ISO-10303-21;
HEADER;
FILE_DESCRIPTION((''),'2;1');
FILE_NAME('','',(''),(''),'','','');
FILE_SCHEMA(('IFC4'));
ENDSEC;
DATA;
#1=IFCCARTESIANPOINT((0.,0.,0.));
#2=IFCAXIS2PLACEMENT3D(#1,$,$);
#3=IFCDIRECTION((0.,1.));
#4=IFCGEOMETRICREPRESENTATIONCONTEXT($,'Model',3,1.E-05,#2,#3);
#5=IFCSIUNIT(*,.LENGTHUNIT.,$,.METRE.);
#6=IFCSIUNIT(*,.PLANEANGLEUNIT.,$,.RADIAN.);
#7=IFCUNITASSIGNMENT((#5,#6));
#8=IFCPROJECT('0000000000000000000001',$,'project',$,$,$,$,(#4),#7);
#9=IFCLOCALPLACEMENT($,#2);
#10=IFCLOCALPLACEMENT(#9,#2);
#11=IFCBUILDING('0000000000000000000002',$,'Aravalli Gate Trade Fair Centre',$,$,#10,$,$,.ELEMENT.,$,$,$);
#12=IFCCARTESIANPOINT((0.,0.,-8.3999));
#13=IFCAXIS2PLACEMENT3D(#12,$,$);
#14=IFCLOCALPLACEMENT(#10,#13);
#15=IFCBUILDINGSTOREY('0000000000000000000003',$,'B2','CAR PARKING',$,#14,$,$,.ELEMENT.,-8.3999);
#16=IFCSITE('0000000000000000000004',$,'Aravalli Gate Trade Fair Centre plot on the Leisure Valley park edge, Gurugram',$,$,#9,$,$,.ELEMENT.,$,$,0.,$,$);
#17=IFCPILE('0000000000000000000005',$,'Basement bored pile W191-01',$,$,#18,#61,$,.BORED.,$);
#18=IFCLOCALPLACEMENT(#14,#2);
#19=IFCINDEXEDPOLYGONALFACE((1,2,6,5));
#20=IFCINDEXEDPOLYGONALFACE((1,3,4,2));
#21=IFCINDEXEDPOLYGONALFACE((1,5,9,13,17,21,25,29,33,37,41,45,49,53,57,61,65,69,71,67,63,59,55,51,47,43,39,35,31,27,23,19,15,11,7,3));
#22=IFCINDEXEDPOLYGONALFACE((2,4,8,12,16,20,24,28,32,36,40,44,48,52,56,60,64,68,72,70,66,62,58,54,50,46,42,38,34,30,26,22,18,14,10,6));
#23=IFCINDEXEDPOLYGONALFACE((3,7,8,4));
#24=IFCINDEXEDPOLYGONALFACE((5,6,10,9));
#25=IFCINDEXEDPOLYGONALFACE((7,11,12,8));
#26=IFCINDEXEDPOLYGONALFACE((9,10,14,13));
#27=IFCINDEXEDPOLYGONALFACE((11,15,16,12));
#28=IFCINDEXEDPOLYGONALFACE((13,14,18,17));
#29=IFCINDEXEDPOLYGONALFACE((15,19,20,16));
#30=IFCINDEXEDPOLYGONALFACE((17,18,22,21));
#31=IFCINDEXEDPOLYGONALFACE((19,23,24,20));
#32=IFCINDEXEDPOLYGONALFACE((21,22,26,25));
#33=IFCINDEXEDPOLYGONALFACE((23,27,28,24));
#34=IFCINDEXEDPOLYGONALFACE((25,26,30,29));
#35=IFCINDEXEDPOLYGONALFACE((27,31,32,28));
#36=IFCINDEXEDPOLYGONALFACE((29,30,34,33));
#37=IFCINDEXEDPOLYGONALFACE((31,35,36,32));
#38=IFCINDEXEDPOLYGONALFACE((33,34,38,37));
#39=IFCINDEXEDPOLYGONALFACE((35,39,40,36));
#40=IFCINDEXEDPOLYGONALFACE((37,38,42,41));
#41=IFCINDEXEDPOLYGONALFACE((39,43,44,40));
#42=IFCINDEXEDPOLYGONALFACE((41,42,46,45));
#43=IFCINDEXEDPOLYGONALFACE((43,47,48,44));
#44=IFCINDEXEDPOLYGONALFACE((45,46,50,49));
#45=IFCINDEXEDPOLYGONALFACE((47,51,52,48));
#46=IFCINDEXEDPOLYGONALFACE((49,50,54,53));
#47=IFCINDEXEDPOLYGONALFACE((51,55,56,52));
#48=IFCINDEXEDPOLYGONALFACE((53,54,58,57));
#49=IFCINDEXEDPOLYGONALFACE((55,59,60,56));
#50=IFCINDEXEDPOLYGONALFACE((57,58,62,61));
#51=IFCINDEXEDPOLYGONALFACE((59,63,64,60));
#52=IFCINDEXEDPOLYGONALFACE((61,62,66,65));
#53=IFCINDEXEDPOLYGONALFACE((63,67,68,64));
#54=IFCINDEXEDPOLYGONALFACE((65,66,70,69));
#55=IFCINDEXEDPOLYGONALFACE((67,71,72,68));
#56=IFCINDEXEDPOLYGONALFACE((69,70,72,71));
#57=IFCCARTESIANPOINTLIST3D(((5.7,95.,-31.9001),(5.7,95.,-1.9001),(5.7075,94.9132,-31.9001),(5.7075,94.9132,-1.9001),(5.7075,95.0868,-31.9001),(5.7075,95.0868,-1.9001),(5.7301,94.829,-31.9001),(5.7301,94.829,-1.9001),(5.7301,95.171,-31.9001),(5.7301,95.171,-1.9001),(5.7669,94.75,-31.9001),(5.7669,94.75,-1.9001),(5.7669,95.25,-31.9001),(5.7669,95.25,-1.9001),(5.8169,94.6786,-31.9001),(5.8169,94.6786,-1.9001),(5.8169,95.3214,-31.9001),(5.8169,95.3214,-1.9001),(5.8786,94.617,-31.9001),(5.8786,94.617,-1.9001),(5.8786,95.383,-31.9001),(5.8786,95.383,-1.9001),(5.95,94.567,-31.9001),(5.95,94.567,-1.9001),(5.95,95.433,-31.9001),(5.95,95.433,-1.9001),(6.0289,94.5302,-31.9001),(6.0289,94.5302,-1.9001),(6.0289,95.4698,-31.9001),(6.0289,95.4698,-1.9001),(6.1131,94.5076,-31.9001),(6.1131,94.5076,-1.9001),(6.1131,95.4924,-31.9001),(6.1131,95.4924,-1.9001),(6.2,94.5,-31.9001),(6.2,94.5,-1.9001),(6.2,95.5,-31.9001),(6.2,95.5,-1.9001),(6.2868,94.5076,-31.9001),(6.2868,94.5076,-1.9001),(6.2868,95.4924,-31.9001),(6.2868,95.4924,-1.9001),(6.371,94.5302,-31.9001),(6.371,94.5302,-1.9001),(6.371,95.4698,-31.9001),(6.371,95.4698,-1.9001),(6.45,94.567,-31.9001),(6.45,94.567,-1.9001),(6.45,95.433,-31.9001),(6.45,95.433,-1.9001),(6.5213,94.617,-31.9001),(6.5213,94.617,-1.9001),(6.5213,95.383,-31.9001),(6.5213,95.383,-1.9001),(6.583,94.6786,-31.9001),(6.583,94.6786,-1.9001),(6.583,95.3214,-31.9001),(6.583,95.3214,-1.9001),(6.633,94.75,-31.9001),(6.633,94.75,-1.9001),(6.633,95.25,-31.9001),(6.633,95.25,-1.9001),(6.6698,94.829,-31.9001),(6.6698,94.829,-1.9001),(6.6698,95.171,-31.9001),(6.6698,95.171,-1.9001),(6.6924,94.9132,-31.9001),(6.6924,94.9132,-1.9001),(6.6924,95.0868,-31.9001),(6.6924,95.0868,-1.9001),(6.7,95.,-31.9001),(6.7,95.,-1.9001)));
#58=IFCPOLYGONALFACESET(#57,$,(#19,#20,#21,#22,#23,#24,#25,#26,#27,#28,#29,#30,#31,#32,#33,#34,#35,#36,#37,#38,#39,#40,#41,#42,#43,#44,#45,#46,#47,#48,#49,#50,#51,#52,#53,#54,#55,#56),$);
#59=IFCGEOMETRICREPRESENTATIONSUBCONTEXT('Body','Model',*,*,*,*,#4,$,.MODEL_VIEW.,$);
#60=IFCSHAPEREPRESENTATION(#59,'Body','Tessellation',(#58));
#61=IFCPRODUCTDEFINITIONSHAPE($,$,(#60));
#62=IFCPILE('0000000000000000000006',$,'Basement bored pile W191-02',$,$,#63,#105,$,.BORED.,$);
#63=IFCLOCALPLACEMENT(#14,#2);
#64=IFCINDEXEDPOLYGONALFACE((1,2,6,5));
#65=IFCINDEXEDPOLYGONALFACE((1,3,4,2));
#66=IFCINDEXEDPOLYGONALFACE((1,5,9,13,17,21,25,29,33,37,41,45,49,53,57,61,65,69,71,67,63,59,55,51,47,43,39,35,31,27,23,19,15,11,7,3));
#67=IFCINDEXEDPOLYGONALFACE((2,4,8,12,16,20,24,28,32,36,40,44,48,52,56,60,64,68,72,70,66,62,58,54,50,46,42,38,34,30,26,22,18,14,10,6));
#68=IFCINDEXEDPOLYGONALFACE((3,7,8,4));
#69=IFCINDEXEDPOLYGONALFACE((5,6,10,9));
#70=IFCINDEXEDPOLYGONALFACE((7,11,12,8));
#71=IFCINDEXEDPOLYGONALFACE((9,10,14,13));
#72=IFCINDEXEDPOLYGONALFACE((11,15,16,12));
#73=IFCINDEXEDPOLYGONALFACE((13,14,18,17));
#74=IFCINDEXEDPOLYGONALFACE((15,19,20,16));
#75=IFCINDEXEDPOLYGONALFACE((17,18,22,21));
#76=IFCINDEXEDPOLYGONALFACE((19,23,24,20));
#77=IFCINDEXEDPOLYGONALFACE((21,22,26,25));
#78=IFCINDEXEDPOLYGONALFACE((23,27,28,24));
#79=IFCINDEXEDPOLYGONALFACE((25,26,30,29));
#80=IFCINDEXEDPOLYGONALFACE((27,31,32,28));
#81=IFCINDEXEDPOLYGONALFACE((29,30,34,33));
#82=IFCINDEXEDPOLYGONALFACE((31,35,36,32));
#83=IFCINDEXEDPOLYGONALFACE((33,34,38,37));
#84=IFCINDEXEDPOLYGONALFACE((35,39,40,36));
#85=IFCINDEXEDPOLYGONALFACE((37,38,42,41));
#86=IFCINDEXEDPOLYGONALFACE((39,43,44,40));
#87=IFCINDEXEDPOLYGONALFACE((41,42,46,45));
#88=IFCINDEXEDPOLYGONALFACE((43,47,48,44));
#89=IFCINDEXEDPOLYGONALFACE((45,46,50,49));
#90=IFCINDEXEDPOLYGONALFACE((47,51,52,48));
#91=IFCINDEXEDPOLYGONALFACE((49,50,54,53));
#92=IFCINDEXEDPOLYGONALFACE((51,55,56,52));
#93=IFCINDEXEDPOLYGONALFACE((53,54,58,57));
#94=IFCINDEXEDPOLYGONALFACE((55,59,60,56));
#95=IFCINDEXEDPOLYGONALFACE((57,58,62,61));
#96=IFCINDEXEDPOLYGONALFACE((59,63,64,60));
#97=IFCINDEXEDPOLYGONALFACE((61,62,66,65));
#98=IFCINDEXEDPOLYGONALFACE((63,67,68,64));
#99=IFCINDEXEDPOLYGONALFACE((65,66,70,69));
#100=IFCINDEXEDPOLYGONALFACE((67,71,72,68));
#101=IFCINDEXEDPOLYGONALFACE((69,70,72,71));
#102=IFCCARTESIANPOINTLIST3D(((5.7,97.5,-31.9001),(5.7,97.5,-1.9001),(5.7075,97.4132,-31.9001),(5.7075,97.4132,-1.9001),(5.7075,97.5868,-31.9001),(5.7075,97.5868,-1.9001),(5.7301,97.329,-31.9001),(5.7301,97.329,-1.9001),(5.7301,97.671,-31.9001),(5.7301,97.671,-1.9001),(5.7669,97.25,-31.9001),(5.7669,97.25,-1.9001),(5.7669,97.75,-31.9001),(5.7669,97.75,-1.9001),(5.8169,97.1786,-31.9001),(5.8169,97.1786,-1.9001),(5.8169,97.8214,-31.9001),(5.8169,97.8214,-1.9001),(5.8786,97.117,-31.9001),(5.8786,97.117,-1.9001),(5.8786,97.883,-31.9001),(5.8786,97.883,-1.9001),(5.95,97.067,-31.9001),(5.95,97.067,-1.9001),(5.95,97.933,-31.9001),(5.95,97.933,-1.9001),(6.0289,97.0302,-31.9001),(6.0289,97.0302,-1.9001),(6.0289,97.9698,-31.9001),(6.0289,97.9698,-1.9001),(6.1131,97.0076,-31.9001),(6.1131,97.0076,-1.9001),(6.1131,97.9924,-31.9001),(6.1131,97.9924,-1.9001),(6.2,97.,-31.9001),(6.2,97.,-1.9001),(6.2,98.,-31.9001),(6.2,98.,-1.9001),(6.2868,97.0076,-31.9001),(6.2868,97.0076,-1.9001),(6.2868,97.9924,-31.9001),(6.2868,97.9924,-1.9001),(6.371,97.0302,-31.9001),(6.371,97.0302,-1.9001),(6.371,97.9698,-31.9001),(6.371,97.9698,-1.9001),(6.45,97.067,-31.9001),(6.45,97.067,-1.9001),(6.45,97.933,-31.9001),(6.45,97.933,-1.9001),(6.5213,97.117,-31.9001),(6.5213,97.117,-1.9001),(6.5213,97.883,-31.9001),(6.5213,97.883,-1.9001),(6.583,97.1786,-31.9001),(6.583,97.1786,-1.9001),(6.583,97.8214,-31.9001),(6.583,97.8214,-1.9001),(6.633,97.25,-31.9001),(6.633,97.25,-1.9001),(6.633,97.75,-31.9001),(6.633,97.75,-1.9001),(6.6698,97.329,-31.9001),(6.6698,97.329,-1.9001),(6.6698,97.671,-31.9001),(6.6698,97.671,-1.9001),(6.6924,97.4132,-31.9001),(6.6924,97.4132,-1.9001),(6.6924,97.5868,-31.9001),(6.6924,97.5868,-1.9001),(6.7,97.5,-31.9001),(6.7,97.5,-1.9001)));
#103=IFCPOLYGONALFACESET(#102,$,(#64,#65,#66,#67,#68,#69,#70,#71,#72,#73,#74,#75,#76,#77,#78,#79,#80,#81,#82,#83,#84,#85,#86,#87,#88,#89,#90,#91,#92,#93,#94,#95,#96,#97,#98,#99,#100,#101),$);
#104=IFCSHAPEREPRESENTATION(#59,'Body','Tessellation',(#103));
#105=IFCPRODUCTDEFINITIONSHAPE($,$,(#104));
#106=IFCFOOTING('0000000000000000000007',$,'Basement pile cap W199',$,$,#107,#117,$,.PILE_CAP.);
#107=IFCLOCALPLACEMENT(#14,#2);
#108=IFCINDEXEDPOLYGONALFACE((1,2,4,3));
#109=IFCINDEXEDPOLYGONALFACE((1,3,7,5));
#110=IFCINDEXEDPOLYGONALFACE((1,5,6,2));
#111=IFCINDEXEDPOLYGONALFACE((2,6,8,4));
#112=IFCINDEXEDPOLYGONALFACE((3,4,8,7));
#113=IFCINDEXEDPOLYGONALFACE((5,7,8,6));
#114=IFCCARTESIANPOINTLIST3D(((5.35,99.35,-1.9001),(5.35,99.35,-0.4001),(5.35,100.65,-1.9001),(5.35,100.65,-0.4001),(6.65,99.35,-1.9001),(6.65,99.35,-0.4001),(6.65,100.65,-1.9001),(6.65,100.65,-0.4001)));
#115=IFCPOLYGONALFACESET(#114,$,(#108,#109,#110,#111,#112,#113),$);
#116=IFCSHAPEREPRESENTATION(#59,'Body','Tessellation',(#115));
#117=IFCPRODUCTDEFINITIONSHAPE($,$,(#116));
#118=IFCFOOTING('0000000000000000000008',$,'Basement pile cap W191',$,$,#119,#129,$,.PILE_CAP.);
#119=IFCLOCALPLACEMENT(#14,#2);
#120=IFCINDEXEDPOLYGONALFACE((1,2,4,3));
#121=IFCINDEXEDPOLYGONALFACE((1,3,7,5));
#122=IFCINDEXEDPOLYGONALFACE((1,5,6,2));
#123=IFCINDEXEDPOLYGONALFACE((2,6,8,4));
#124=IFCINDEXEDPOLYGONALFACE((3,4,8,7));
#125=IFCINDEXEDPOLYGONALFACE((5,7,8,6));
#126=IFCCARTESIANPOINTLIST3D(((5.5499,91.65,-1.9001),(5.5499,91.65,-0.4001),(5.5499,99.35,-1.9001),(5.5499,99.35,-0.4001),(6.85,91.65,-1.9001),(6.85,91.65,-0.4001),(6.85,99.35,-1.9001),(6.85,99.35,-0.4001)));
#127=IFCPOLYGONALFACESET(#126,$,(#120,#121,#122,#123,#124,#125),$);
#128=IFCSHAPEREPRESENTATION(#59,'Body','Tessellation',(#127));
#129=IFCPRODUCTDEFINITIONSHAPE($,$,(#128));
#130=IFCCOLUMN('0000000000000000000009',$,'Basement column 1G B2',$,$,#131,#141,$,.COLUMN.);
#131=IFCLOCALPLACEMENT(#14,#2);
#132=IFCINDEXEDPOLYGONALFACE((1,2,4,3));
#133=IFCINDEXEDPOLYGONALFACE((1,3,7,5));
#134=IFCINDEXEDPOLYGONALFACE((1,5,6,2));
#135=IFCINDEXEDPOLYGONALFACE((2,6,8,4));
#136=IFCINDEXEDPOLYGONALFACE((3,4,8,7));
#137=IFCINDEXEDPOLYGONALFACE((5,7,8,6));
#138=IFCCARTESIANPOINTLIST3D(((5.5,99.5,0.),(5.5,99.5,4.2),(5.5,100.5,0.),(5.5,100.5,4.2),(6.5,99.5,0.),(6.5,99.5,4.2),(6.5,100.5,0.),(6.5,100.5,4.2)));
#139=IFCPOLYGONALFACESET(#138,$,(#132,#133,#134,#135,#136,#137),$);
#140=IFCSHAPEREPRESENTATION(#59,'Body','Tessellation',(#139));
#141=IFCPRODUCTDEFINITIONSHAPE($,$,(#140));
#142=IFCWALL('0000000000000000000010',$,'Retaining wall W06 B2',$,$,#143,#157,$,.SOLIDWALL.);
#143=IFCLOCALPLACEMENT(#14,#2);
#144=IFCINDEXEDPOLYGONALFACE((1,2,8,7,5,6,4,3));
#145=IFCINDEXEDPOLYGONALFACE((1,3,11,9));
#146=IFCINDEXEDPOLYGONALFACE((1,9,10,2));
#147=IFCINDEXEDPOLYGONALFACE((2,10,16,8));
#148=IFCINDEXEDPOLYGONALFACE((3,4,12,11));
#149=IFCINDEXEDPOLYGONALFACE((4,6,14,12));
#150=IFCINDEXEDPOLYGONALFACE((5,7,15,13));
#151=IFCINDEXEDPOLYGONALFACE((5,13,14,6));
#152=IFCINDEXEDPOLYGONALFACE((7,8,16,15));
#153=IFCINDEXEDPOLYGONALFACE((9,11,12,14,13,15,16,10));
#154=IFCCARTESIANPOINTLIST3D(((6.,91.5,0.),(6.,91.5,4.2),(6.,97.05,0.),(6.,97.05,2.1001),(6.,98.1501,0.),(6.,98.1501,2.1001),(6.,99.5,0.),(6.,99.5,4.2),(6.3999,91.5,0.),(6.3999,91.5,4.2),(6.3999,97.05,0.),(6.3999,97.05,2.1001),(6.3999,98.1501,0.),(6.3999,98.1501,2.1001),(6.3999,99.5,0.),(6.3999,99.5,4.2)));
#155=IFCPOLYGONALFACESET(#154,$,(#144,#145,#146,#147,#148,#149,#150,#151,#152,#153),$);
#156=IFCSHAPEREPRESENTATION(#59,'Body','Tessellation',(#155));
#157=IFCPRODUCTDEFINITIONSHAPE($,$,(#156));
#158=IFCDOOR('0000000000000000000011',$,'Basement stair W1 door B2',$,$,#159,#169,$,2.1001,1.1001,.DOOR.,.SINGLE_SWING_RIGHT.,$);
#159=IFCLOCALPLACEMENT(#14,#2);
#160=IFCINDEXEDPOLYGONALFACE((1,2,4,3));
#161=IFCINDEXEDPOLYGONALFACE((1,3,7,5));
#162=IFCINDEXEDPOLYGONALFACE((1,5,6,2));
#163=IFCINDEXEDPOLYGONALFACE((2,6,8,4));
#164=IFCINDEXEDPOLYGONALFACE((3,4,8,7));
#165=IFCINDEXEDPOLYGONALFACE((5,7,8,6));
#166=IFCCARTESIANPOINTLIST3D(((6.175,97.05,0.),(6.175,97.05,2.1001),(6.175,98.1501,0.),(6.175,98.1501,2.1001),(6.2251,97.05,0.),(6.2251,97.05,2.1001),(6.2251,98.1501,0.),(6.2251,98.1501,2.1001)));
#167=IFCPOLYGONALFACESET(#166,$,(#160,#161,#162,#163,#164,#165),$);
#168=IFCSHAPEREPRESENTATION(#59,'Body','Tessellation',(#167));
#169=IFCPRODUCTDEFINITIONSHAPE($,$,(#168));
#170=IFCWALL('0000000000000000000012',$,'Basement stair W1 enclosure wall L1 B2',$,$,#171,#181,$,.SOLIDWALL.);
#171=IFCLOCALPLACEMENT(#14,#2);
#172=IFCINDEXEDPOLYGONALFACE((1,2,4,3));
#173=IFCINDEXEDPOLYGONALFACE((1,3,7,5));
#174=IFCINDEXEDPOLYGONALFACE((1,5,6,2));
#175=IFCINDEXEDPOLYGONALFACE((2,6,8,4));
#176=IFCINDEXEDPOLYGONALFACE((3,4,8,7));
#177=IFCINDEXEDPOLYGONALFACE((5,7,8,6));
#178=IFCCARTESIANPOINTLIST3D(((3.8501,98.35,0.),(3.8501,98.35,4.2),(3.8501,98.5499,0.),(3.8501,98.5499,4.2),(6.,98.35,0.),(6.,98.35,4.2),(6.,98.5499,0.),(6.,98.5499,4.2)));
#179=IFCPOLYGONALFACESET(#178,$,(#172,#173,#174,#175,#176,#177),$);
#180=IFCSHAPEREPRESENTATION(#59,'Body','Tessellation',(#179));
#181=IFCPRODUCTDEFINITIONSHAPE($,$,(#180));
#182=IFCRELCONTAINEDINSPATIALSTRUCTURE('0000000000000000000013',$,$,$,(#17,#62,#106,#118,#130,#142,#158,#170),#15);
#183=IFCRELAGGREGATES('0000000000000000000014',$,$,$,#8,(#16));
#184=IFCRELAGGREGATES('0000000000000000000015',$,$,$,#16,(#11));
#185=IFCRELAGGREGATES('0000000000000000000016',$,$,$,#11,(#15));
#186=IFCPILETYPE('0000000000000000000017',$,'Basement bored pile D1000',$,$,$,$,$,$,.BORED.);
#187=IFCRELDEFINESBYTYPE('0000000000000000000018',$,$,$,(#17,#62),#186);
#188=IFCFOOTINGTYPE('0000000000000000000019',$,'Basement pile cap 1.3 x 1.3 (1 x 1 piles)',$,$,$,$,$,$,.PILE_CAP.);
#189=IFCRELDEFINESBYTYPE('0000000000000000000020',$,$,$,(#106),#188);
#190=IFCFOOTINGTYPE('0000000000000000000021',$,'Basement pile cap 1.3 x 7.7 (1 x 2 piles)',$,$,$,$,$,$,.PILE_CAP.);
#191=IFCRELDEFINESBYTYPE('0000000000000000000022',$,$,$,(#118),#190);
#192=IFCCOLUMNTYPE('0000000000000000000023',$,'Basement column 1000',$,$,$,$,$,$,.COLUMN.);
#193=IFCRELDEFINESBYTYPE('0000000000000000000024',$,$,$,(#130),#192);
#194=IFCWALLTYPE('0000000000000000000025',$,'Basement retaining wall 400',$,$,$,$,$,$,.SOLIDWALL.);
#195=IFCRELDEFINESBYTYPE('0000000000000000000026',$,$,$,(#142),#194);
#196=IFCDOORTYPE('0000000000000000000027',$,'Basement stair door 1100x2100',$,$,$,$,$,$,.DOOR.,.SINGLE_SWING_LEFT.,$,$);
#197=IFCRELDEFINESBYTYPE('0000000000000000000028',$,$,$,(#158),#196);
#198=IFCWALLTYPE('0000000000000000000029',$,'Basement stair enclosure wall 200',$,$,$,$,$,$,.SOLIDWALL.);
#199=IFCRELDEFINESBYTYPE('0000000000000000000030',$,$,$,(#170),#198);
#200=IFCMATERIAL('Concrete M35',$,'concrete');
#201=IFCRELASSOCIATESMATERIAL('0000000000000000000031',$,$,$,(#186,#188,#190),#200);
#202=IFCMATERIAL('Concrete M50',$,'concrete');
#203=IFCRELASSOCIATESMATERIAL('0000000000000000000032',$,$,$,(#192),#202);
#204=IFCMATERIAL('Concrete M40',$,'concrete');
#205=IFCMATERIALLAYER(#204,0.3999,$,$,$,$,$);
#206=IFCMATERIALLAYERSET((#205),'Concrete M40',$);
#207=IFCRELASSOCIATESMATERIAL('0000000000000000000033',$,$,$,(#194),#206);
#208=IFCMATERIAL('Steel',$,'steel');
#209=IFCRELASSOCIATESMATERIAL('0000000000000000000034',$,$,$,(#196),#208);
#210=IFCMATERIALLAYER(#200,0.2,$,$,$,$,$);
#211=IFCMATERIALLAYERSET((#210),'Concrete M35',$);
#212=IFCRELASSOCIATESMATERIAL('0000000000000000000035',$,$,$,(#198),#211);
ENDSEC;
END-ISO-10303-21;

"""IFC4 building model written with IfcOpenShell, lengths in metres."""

from ifc_helpers import new_model, si_unit, direction, frame, frame_2d, origin, origin_2d, place, context, subcontext, project, spatial, rectangle, circle, extrude, material, layer, layer_set, material_profile, profile_set, type_object, element, fill, save


model = new_model("IFC4")

# Units and contexts
model_context = context("Model", 3, precision=1e-05, world=origin(), true_north=direction((0.0, 1.0)))
body_context = subcontext(model_context, "Body", "Model", "MODEL_VIEW")
ifc_project = project(units=[si_unit("LENGTHUNIT", "METRE"), si_unit("PLANEANGLEUNIT", "RADIAN")], contexts=[model_context])

# Site, building, storey
site_placement = place(None, origin())
site = spatial("IfcSite", under=ifc_project, at=site_placement, Name="Aravalli Gate Trade Fair Centre plot on the Leisure Valley park edge, Gurugram", CompositionType="ELEMENT", RefElevation=0.0)
building_placement = place(site_placement, origin())
building = spatial("IfcBuilding", under=site, at=building_placement, Name="Aravalli Gate Trade Fair Centre", CompositionType="ELEMENT")
storey_placement = place(building_placement, frame((0.0, 0.0, -8.3999)))
storey = spatial("IfcBuildingStorey", under=building, at=storey_placement, Name="B2", Description="CAR PARKING", CompositionType="ELEMENT", Elevation=-8.3999)

# Piles
ifc_material_1 = material(Name="Concrete M35", Category="concrete")
ifc_material_profile_1 = material_profile(ifc_material_1, circle(Radius=0.5, at=origin_2d()), Name="D1000")
ifc_profile_set_1 = profile_set([ifc_material_profile_1], Name="Concrete M35")
pile_type = type_object("IfcPileType", Name="Basement bored pile D1000", PredefinedType="BORED", material=ifc_profile_set_1)
for number, where, z_axis, x_axis, name in (
    (1, (6.2, 95.0, -1.9001), (0.0, 0.0, -1.0), (1.0, 0.0, 0.0), "Basement bored pile W191-01"),
    (2, (6.2, 97.5, -1.9001), (0.0, 0.0, -1.0), (1.0, 0.0, 0.0), "Basement bored pile W191-02"),
):
    element("IfcPile", number, at=place(storey_placement, frame(where, z_axis=z_axis, x_axis=x_axis)), inside=storey, type_object=pile_type, Name=name, PredefinedType="BORED", context=body_context, shape_type="SweptSolid", body=[
        extrude(circle(Radius=0.5, at=origin_2d()), origin(), (0.0, 0.0, 1.0), 30.0),
    ])

# Footings
footing_type_1 = type_object("IfcFootingType", Name="Basement pile cap 1.3 x 1.3 (1 x 1 piles)", PredefinedType="PILE_CAP", material=ifc_material_1)
footing_1_placement = place(storey_placement, frame((6.0, 100.0, -1.9001), z_axis=(0.0, 0.0, 1.0), x_axis=(1.0, 0.0, 0.0)))
element("IfcFooting", 3, at=footing_1_placement, inside=storey, type_object=footing_type_1, Name="Basement pile cap W199", PredefinedType="PILE_CAP", context=body_context, shape_type="SweptSolid", body=[
    extrude(rectangle(XDim=1.3, YDim=1.3, at=origin_2d()), origin(), (0.0, 0.0, 1.0), 1.5),
])
footing_type_2 = type_object("IfcFootingType", Name="Basement pile cap 1.3 x 7.7 (1 x 2 piles)", PredefinedType="PILE_CAP", material=ifc_material_1)
footing_2_placement = place(storey_placement, frame((6.2, 95.5, -1.9001), z_axis=(0.0, 0.0, 1.0), x_axis=(1.0, 0.0, 0.0)))
element("IfcFooting", 4, at=footing_2_placement, inside=storey, type_object=footing_type_2, Name="Basement pile cap W191", PredefinedType="PILE_CAP", context=body_context, shape_type="SweptSolid", body=[
    extrude(rectangle(XDim=1.3, YDim=7.7, at=origin_2d()), origin(), (0.0, 0.0, 1.0), 1.5),
])

# Column
ifc_material_2 = material(Name="Concrete M50", Category="concrete")
ifc_material_profile_2 = material_profile(ifc_material_2, rectangle(XDim=1.0, YDim=1.0, at=origin_2d()), Name="RC 1000 x 1000")
ifc_profile_set_2 = profile_set([ifc_material_profile_2], Name="Concrete M50")
column_type = type_object("IfcColumnType", Name="Basement column 1000", PredefinedType="COLUMN", material=ifc_profile_set_2)
column_placement = place(storey_placement, frame((6.0, 100.0, 0.0), z_axis=(0.0, 0.0, 1.0), x_axis=(1.0, 0.0, 0.0)))
element("IfcColumn", 5, at=column_placement, inside=storey, type_object=column_type, Name="Basement column 1G B2", PredefinedType="COLUMN", context=body_context, shape_type="SweptSolid", body=[
    extrude(rectangle(XDim=1.0, YDim=1.0, at=origin_2d()), origin(), (0.0, 0.0, 1.0), 4.2),
])

# Wall, opening, door
ifc_material_3 = material(Name="Concrete M40", Category="concrete")
ifc_layer_1 = layer(ifc_material_3, 0.3999)
ifc_layer_set_1 = layer_set([ifc_layer_1], Name="Concrete M40")
wall_type_1 = type_object("IfcWallType", Name="Basement retaining wall 400", PredefinedType="SOLIDWALL", material=ifc_layer_set_1)
wall_1_placement = place(storey_placement, frame((6.2, 91.5, 0.0), z_axis=(0.0, 0.0, 1.0), x_axis=(0.0, 1.0, 0.0)))
wall_1 = element("IfcWall", 6, at=wall_1_placement, inside=storey, type_object=wall_type_1, Name="Retaining wall W06 B2", PredefinedType="SOLIDWALL", context=body_context, shape_type="SweptSolid", body=[
    extrude(rectangle(XDim=8.0, YDim=0.3999, at=frame_2d((4.0, 0.0))), origin(), (0.0, 0.0, 1.0), 4.2),
])
opening_placement = place(wall_1_placement, frame((5.55, 0.0, 0.0)))
opening = element("IfcOpeningElement", 7, at=opening_placement, cuts=wall_1, PredefinedType="OPENING", context=body_context, shape_type="SweptSolid", body=[
    extrude(rectangle(XDim=1.1001, YDim=2.1001, at=frame_2d((0.55, 1.05))), frame((0.0, 0.21, 0.0), z_axis=(0.0, -1.0, 0.0), x_axis=(1.0, 0.0, 0.0)), (0.0, 0.0, 1.0), 0.4199),
])
ifc_material_4 = material(Name="Steel", Category="steel")
door_type = type_object("IfcDoorType", Name="Basement stair door 1100x2100", OperationType="SINGLE_SWING_LEFT", PredefinedType="DOOR", material=ifc_material_4)
door_placement = place(opening_placement, origin())
door = element("IfcDoor", 8, at=door_placement, inside=storey, type_object=door_type, Name="Basement stair W1 door B2", OperationType="SINGLE_SWING_RIGHT", OverallHeight=2.1001, OverallWidth=1.1001, PredefinedType="DOOR", context=body_context, shape_type="SweptSolid", body=[
    extrude(rectangle(XDim=1.1001, YDim=2.1001, at=frame_2d((0.55, 1.05))), frame((0.0, 0.0249, 0.0), z_axis=(0.0, -1.0, 0.0), x_axis=(1.0, 0.0, 0.0)), (0.0, 0.0, 1.0), 0.05),
])
fill(opening, door)

# Wall
ifc_layer_2 = layer(ifc_material_1, 0.2)
ifc_layer_set_2 = layer_set([ifc_layer_2], Name="Concrete M35")
wall_type_2 = type_object("IfcWallType", Name="Basement stair enclosure wall 200", PredefinedType="SOLIDWALL", material=ifc_layer_set_2)
wall_2_placement = place(storey_placement, frame((6.0, 98.45, 0.0), z_axis=(0.0, 0.0, 1.0), x_axis=(-1.0, 0.0, 0.0)))
element("IfcWall", 9, at=wall_2_placement, inside=storey, type_object=wall_type_2, Name="Basement stair W1 enclosure wall L1 B2", PredefinedType="SOLIDWALL", context=body_context, shape_type="SweptSolid", body=[
    extrude(rectangle(XDim=2.1499, YDim=0.2, at=frame_2d((1.075, 0.0))), origin(), (0.0, 0.0, 1.0), 4.2),
])

save(model, "model.ifc")
